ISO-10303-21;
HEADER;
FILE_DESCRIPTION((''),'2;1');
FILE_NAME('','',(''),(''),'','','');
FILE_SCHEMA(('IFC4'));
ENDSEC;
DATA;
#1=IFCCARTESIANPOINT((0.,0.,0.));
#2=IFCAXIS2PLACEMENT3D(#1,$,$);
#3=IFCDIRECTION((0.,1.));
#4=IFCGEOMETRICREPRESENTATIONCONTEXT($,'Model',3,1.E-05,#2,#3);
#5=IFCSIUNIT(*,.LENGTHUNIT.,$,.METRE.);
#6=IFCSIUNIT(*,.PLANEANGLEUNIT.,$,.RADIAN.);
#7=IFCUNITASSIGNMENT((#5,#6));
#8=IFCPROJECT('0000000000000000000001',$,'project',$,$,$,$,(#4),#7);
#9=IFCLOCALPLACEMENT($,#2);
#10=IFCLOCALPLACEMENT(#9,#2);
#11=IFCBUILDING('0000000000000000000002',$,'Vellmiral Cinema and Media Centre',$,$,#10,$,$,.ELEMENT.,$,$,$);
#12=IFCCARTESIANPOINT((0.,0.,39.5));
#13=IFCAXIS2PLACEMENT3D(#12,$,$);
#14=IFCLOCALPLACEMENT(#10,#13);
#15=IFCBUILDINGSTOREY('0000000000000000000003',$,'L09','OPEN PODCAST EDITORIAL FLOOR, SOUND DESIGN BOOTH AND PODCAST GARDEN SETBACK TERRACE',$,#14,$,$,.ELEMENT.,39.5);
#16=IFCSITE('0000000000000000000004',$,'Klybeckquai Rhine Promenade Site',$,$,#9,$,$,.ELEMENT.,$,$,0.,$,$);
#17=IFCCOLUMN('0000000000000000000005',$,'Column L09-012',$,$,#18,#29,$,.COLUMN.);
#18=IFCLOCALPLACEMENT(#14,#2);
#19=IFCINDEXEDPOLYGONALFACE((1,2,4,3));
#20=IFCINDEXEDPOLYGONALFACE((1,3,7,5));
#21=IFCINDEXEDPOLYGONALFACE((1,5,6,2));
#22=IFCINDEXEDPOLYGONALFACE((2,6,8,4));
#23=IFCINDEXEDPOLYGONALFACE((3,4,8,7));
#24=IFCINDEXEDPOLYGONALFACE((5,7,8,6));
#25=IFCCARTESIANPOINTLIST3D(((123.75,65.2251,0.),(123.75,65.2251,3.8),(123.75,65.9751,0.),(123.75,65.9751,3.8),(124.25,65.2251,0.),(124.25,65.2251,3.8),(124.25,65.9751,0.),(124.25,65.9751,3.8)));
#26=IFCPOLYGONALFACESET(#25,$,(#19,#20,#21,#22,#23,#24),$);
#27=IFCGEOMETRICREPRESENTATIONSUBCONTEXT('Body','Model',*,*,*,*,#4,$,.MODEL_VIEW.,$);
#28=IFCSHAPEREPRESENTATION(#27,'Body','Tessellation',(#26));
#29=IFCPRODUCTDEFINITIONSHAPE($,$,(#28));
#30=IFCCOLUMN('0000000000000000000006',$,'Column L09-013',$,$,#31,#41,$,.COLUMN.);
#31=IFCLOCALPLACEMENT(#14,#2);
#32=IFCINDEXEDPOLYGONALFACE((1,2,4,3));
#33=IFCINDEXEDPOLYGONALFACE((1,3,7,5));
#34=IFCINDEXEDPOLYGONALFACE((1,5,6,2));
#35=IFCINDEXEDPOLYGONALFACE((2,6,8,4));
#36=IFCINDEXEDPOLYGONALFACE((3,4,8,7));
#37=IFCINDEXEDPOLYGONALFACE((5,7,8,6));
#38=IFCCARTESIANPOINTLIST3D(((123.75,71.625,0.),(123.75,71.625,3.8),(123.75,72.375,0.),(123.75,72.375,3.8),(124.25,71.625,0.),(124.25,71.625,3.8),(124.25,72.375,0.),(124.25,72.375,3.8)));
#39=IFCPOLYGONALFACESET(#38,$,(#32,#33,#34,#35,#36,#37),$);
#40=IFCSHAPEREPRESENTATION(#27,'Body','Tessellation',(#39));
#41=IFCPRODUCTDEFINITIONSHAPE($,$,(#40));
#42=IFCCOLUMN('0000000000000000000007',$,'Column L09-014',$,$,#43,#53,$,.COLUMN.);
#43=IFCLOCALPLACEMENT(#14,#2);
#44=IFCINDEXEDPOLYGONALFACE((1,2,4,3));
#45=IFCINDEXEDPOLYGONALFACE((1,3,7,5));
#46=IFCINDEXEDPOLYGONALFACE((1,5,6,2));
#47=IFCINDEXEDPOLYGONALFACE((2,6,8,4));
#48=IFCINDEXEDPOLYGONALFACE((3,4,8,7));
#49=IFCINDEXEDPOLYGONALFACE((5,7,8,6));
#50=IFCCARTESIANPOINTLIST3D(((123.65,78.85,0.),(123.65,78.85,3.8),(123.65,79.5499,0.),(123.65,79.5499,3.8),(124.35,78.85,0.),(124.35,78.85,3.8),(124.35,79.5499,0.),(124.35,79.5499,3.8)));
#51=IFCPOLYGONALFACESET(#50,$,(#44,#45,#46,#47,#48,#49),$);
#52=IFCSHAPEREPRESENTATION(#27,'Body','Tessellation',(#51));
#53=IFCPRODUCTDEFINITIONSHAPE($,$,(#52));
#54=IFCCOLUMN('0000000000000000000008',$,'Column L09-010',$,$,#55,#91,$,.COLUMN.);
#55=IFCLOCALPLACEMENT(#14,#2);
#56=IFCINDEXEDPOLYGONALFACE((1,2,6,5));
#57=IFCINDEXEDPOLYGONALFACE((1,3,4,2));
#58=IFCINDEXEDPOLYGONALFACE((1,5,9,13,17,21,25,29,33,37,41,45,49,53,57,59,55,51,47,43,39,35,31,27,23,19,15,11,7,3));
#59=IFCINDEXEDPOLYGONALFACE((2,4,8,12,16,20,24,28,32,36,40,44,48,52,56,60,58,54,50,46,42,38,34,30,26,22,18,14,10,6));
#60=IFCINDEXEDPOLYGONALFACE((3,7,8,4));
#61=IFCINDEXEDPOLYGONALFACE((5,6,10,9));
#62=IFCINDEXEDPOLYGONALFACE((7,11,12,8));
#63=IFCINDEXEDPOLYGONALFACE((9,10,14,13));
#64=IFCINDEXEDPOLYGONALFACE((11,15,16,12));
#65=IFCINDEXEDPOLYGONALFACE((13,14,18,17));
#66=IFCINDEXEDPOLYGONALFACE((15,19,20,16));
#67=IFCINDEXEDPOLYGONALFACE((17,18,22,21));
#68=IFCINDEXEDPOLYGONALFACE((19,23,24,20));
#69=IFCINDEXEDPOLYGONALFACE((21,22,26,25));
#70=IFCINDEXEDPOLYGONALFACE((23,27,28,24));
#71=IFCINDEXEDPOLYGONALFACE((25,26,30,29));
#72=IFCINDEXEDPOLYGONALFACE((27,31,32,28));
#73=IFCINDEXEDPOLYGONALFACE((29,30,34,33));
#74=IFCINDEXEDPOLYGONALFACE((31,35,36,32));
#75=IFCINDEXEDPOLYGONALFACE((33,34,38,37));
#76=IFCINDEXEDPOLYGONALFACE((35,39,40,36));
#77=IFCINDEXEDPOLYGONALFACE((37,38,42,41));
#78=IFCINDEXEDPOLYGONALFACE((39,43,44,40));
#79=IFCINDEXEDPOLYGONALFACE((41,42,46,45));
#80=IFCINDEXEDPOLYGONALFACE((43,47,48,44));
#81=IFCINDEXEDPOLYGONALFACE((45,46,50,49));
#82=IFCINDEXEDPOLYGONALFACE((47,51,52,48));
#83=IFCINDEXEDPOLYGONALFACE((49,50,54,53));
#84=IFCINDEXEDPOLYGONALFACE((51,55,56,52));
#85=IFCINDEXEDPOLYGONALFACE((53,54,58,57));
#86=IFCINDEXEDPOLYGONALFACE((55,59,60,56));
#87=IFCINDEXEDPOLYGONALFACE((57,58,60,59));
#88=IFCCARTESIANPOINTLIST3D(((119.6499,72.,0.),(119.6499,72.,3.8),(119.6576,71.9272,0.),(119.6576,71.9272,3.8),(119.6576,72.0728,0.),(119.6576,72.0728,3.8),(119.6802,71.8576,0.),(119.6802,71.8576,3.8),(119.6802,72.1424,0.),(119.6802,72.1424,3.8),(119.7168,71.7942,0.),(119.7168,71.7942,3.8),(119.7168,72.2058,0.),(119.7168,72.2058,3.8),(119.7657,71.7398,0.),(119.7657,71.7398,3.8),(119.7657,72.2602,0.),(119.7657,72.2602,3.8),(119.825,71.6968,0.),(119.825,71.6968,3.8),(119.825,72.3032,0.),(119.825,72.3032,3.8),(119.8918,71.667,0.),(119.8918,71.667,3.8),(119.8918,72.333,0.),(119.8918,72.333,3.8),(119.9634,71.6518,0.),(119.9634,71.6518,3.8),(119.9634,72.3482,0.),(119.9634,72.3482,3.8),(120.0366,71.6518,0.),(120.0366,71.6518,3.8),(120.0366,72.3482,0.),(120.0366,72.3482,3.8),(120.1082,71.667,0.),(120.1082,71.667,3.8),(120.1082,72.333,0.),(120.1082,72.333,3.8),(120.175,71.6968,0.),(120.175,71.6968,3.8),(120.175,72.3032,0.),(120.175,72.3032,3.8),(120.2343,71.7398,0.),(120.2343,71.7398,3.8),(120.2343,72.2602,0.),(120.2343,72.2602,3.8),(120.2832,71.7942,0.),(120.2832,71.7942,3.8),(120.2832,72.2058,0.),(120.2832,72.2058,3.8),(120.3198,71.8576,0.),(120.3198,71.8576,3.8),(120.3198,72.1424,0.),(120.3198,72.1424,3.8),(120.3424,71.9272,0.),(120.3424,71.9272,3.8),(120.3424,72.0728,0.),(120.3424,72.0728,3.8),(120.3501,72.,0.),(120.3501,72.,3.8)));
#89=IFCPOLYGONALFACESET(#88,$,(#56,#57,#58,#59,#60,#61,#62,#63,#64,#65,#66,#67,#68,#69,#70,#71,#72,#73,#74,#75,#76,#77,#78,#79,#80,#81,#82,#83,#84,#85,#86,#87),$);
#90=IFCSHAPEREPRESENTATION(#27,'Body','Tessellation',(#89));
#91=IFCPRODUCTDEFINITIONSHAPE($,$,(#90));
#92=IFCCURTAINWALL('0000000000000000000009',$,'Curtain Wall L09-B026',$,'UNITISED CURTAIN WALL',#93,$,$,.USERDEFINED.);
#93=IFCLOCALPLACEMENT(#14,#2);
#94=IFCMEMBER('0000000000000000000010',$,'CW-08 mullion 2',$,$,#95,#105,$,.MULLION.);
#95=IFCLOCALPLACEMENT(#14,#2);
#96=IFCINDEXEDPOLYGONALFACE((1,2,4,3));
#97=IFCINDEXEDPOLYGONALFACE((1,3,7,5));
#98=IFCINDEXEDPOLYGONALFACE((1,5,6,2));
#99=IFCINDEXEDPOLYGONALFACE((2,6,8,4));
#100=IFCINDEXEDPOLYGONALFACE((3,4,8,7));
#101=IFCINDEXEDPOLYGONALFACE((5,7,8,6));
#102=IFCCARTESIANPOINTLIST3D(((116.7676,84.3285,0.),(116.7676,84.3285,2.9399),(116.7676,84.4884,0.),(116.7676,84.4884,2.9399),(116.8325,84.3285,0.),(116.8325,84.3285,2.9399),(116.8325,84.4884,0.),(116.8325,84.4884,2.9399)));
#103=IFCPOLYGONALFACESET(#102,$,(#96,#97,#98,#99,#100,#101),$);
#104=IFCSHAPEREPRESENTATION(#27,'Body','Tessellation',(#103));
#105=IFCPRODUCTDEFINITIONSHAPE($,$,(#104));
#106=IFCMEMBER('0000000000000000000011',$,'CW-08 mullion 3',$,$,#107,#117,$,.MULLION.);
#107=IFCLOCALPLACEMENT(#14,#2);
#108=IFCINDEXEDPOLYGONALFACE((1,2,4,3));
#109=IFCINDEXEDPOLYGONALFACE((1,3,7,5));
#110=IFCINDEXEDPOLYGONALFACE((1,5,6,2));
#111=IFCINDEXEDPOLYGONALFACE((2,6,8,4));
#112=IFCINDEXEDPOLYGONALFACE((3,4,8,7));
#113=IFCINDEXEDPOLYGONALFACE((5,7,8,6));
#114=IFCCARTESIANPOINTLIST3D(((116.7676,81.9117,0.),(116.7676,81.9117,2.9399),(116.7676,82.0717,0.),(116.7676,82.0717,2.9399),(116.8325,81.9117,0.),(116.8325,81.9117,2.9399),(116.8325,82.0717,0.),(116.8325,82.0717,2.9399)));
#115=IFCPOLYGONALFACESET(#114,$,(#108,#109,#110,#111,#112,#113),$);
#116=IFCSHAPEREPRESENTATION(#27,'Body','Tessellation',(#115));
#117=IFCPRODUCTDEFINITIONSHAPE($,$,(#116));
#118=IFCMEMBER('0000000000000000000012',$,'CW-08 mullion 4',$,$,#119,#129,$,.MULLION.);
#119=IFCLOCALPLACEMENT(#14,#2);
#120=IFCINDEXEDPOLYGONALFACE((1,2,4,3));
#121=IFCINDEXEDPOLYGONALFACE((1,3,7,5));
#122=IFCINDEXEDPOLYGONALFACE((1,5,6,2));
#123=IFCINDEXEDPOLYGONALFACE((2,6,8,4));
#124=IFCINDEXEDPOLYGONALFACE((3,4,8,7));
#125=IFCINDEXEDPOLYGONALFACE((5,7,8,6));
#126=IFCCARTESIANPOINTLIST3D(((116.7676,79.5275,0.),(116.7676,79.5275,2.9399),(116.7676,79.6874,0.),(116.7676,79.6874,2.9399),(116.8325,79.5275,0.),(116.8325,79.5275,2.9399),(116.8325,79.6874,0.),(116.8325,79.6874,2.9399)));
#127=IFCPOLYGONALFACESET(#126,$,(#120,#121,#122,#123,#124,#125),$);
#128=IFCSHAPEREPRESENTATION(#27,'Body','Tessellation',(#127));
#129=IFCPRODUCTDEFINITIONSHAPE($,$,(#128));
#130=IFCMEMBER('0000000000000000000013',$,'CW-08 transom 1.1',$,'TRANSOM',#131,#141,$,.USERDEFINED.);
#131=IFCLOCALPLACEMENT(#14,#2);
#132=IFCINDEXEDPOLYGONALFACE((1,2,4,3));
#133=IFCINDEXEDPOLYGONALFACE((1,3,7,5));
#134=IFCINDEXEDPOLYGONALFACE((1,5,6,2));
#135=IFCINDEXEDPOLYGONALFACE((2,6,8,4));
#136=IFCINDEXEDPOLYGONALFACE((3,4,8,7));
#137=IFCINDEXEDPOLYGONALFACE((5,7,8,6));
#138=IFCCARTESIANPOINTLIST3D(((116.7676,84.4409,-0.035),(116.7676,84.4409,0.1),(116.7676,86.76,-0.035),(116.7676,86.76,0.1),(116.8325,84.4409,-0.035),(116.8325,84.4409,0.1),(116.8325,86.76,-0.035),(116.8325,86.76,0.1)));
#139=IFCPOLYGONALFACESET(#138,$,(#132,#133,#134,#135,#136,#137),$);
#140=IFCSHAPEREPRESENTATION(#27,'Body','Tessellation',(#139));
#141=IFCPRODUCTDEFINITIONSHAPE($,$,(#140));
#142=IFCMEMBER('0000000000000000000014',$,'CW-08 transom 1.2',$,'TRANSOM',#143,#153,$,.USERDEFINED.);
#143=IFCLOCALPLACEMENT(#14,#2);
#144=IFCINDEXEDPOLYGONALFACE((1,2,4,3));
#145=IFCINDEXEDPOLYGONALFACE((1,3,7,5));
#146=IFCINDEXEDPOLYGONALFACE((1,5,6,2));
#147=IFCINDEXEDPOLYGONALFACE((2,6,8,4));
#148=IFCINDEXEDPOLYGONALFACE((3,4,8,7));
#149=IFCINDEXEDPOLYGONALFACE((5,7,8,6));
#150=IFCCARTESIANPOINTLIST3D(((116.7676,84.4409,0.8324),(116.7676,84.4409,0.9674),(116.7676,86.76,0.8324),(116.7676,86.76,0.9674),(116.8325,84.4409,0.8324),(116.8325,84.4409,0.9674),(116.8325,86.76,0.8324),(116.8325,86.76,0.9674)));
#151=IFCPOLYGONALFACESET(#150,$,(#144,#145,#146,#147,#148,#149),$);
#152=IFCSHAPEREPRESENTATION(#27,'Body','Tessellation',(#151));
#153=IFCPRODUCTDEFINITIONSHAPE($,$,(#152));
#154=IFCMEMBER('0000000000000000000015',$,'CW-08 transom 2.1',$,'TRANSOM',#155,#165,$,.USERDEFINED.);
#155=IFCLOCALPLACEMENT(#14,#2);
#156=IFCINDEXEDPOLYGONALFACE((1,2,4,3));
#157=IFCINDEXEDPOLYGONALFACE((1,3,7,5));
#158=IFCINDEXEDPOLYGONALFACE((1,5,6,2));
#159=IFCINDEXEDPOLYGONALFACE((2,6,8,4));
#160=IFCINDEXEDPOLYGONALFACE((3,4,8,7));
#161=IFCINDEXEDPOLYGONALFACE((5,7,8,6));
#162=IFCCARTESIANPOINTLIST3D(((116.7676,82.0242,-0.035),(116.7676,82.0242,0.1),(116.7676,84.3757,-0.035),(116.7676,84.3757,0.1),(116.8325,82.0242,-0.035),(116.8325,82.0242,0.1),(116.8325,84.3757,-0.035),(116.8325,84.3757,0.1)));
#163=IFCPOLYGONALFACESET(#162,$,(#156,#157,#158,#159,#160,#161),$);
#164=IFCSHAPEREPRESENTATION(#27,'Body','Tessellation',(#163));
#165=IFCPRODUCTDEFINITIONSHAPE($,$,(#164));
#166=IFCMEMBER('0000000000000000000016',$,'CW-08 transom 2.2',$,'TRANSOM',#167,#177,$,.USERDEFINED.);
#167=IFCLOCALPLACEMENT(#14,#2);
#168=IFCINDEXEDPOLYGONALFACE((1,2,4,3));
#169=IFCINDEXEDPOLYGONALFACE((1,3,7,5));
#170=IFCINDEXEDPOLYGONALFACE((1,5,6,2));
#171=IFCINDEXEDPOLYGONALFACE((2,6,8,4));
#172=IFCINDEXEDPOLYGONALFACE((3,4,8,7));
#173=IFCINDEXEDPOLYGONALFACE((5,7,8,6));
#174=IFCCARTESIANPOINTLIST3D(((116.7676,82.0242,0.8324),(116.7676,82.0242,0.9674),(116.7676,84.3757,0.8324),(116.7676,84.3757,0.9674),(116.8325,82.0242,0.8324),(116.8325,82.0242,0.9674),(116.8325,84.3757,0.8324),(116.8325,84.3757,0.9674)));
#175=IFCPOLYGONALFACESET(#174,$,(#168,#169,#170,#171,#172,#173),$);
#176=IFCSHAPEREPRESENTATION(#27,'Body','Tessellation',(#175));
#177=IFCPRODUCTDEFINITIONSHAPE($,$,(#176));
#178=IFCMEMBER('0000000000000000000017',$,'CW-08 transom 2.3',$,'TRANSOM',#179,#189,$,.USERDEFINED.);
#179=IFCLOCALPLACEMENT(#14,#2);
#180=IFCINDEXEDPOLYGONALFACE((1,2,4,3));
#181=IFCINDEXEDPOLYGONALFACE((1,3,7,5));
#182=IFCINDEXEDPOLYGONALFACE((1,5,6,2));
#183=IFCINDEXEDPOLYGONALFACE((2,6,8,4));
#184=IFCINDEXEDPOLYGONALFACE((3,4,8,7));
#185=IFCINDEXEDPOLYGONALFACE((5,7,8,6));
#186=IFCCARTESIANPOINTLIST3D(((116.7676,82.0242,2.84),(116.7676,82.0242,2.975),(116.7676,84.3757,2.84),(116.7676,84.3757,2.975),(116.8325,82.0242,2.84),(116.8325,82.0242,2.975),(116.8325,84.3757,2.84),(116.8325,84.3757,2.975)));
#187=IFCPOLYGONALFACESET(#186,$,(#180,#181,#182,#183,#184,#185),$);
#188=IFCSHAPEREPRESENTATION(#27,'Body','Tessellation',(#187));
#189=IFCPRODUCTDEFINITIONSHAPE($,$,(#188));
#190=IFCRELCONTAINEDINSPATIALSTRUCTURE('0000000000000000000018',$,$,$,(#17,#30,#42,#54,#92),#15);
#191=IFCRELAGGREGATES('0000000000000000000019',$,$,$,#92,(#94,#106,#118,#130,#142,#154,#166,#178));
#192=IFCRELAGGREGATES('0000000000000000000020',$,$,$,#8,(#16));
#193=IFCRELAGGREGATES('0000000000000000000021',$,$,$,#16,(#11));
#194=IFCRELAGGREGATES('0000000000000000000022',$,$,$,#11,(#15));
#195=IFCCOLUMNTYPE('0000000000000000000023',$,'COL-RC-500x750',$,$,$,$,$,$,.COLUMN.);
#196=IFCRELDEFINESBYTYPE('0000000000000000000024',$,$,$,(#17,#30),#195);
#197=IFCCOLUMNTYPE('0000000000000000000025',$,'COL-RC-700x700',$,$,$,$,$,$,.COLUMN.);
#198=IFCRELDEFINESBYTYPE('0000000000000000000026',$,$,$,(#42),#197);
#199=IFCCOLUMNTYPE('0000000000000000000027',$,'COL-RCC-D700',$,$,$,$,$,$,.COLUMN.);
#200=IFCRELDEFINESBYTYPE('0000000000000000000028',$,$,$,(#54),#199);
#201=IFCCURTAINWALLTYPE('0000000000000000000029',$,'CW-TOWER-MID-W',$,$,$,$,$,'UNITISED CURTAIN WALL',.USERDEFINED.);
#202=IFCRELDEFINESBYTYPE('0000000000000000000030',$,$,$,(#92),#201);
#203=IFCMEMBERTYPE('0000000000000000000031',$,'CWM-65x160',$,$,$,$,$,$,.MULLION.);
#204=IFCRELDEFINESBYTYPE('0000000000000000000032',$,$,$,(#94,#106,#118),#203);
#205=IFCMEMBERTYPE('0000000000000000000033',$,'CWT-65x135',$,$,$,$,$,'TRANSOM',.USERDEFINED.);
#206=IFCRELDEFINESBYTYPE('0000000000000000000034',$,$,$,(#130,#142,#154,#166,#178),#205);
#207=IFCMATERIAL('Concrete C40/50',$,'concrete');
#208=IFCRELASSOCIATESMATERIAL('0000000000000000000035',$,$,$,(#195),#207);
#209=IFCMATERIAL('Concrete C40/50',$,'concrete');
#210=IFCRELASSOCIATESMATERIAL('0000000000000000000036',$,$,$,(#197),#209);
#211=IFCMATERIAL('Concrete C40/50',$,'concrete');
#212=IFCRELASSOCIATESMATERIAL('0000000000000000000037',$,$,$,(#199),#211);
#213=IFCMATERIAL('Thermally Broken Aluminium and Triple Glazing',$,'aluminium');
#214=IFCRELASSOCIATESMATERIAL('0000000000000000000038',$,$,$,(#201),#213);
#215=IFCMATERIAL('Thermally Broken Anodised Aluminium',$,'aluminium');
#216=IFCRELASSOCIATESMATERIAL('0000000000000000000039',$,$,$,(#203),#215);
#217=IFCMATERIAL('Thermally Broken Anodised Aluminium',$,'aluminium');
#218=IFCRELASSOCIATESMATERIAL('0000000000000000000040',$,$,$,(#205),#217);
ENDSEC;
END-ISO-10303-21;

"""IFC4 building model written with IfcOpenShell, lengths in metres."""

from ifc_helpers import new_model, si_unit, direction, frame, origin, origin_2d, place, context, subcontext, project, spatial, rectangle, circle, extrude, material, material_profile, profile_set, type_object, element, aggregate, save


model = new_model("IFC4")

# Units and contexts
model_context = context("Model", 3, precision=1e-05, world=origin(), true_north=direction((0.0, 1.0)))
body_context = subcontext(model_context, "Body", "Model", "MODEL_VIEW")
ifc_project = project(units=[si_unit("LENGTHUNIT", "METRE"), si_unit("PLANEANGLEUNIT", "RADIAN")], contexts=[model_context])

# Site, building, storey
site_placement = place(None, origin())
site = spatial("IfcSite", under=ifc_project, at=site_placement, Name="Klybeckquai Rhine Promenade Site", CompositionType="ELEMENT", RefElevation=0.0)
building_placement = place(site_placement, origin())
building = spatial("IfcBuilding", under=site, at=building_placement, Name="Vellmiral Cinema and Media Centre", CompositionType="ELEMENT")
storey_placement = place(building_placement, frame((0.0, 0.0, 39.5)))
storey = spatial("IfcBuildingStorey", under=building, at=storey_placement, Name="L09", Description="OPEN PODCAST EDITORIAL FLOOR, SOUND DESIGN BOOTH AND PODCAST GARDEN SETBACK TERRACE", CompositionType="ELEMENT", Elevation=39.5)

# Columns
ifc_material_1 = material(Name="Concrete C40/50", Category="concrete")
ifc_material_profile_1 = material_profile(ifc_material_1, rectangle(XDim=0.5, YDim=0.75, at=origin_2d()), Name="RC 500x750")
ifc_profile_set_1 = profile_set([ifc_material_profile_1], Name="Concrete C40/50")
column_type_1 = type_object("IfcColumnType", Name="COL-RC-500x750", PredefinedType="COLUMN", material=ifc_profile_set_1)
for number, where, z_axis, x_axis, name in (
    (1, (124.0, 65.6001, 0.0), (0.0, 0.0, 1.0), (1.0, 0.0, 0.0), "Column L09-012"),
    (2, (124.0, 72.0, 0.0), (0.0, 0.0, 1.0), (1.0, 0.0, 0.0), "Column L09-013"),
):
    element("IfcColumn", number, at=place(storey_placement, frame(where, z_axis=z_axis, x_axis=x_axis)), inside=storey, type_object=column_type_1, Name=name, PredefinedType="COLUMN", context=body_context, shape_type="SweptSolid", body=[
        extrude(rectangle(XDim=0.5, YDim=0.75, at=origin_2d()), origin(), (0.0, 0.0, 1.0), 3.8),
    ])
ifc_material_2 = material(Name="Concrete C40/50", Category="concrete")
ifc_material_profile_2 = material_profile(ifc_material_2, rectangle(XDim=0.7, YDim=0.7, at=origin_2d()), Name="RC 700x700")
ifc_profile_set_2 = profile_set([ifc_material_profile_2], Name="Concrete C40/50")
column_type_2 = type_object("IfcColumnType", Name="COL-RC-700x700", PredefinedType="COLUMN", material=ifc_profile_set_2)
column_1_placement = place(storey_placement, frame((124.0, 79.2, 0.0), z_axis=(0.0, 0.0, 1.0), x_axis=(1.0, 0.0, 0.0)))
element("IfcColumn", 3, at=column_1_placement, inside=storey, type_object=column_type_2, Name="Column L09-014", PredefinedType="COLUMN", context=body_context, shape_type="SweptSolid", body=[
    extrude(rectangle(XDim=0.7, YDim=0.7, at=origin_2d()), origin(), (0.0, 0.0, 1.0), 3.8),
])
ifc_material_3 = material(Name="Concrete C40/50", Category="concrete")
ifc_material_profile_3 = material_profile(ifc_material_3, circle(Radius=0.3501, at=origin_2d()), Name="RC D700")
ifc_profile_set_3 = profile_set([ifc_material_profile_3], Name="Concrete C40/50")
column_type_3 = type_object("IfcColumnType", Name="COL-RCC-D700", PredefinedType="COLUMN", material=ifc_profile_set_3)
column_2_placement = place(storey_placement, frame((120.0, 72.0, 0.0), z_axis=(0.0, 0.0, 1.0), x_axis=(1.0, 0.0, 0.0)))
element("IfcColumn", 4, at=column_2_placement, inside=storey, type_object=column_type_3, Name="Column L09-010", PredefinedType="COLUMN", context=body_context, shape_type="SweptSolid", body=[
    extrude(circle(Radius=0.3501, at=origin_2d()), origin(), (0.0, 0.0, 1.0), 3.8),
])

# Curtain wall, members
ifc_material_4 = material(Name="Thermally Broken Aluminium and Triple Glazing", Category="aluminium")
curtain_wall_type = type_object("IfcCurtainWallType", Name="CW-TOWER-MID-W", ElementType="UNITISED CURTAIN WALL", PredefinedType="USERDEFINED", material=ifc_material_4)
curtain_wall_placement = place(storey_placement, origin())
curtain_wall = element("IfcCurtainWall", 5, at=curtain_wall_placement, inside=storey, type_object=curtain_wall_type, Name="Curtain Wall L09-B026", ObjectType="UNITISED CURTAIN WALL", PredefinedType="USERDEFINED")
ifc_material_5 = material(Name="Thermally Broken Anodised Aluminium", Category="aluminium")
ifc_material_profile_4 = material_profile(ifc_material_5, rectangle(XDim=0.0649, YDim=0.1599, at=origin_2d()), Name="MULL 65x160")
ifc_profile_set_4 = profile_set([ifc_material_profile_4], Name="Thermally Broken Anodised Aluminium")
member_type_1 = type_object("IfcMemberType", Name="CWM-65x160", PredefinedType="MULLION", material=ifc_profile_set_4)
member_1_placement = place(storey_placement, frame((116.8, 84.4084, 0.0), z_axis=(0.0, 0.0, 1.0), x_axis=(1.0, 0.0, 0.0)))
member_1 = element("IfcMember", 6, at=member_1_placement, type_object=member_type_1, Name="CW-08 mullion 2", PredefinedType="MULLION", context=body_context, shape_type="SweptSolid", body=[
    extrude(rectangle(XDim=0.0649, YDim=0.1599, at=origin_2d()), origin(), (0.0, 0.0, 1.0), 2.9399),
])
member_2_placement = place(storey_placement, frame((116.8, 81.9917, 0.0), z_axis=(0.0, 0.0, 1.0), x_axis=(1.0, 0.0, 0.0)))
member_2 = element("IfcMember", 7, at=member_2_placement, type_object=member_type_1, Name="CW-08 mullion 3", PredefinedType="MULLION", context=body_context, shape_type="SweptSolid", body=[
    extrude(rectangle(XDim=0.0649, YDim=0.1599, at=origin_2d()), origin(), (0.0, 0.0, 1.0), 2.9399),
])
member_3_placement = place(storey_placement, frame((116.8, 79.6074, 0.0), z_axis=(0.0, 0.0, 1.0), x_axis=(1.0, 0.0, 0.0)))
member_3 = element("IfcMember", 8, at=member_3_placement, type_object=member_type_1, Name="CW-08 mullion 4", PredefinedType="MULLION", context=body_context, shape_type="SweptSolid", body=[
    extrude(rectangle(XDim=0.0649, YDim=0.1599, at=origin_2d()), origin(), (0.0, 0.0, 1.0), 2.9399),
])
ifc_material_6 = material(Name="Thermally Broken Anodised Aluminium", Category="aluminium")
ifc_material_profile_5 = material_profile(ifc_material_6, rectangle(XDim=0.0649, YDim=0.135, at=origin_2d()), Name="MULL 65x135")
ifc_profile_set_5 = profile_set([ifc_material_profile_5], Name="Thermally Broken Anodised Aluminium")
member_type_2 = type_object("IfcMemberType", Name="CWT-65x135", ElementType="TRANSOM", PredefinedType="USERDEFINED", material=ifc_profile_set_5)
member_4_placement = place(storey_placement, frame((116.8, 86.76, 0.0325), z_axis=(0.0, -1.0, 0.0), x_axis=(1.0, 0.0, 0.0)))
member_4 = element("IfcMember", 9, at=member_4_placement, type_object=member_type_2, Name="CW-08 transom 1.1", ObjectType="TRANSOM", PredefinedType="USERDEFINED", context=body_context, shape_type="SweptSolid", body=[
    extrude(rectangle(XDim=0.0649, YDim=0.135, at=origin_2d()), origin(), (0.0, 0.0, 1.0), 2.3191),
])
member_5_placement = place(storey_placement, frame((116.8, 86.76, 0.8999), z_axis=(0.0, -1.0, 0.0), x_axis=(1.0, 0.0, 0.0)))
member_5 = element("IfcMember", 10, at=member_5_placement, type_object=member_type_2, Name="CW-08 transom 1.2", ObjectType="TRANSOM", PredefinedType="USERDEFINED", context=body_context, shape_type="SweptSolid", body=[
    extrude(rectangle(XDim=0.0649, YDim=0.135, at=origin_2d()), origin(), (0.0, 0.0, 1.0), 2.3191),
])
member_6_placement = place(storey_placement, frame((116.8, 84.3757, 0.0325), z_axis=(0.0, -1.0, 0.0), x_axis=(1.0, 0.0, 0.0)))
member_6 = element("IfcMember", 11, at=member_6_placement, type_object=member_type_2, Name="CW-08 transom 2.1", ObjectType="TRANSOM", PredefinedType="USERDEFINED", context=body_context, shape_type="SweptSolid", body=[
    extrude(rectangle(XDim=0.0649, YDim=0.135, at=origin_2d()), origin(), (0.0, 0.0, 1.0), 2.3516),
])
member_7_placement = place(storey_placement, frame((116.8, 84.3757, 0.8999), z_axis=(0.0, -1.0, 0.0), x_axis=(1.0, 0.0, 0.0)))
member_7 = element("IfcMember", 12, at=member_7_placement, type_object=member_type_2, Name="CW-08 transom 2.2", ObjectType="TRANSOM", PredefinedType="USERDEFINED", context=body_context, shape_type="SweptSolid", body=[
    extrude(rectangle(XDim=0.0649, YDim=0.135, at=origin_2d()), origin(), (0.0, 0.0, 1.0), 2.3516),
])
member_8_placement = place(storey_placement, frame((116.8, 84.3757, 2.9075), z_axis=(0.0, -1.0, 0.0), x_axis=(1.0, 0.0, 0.0)))
member_8 = element("IfcMember", 13, at=member_8_placement, type_object=member_type_2, Name="CW-08 transom 2.3", ObjectType="TRANSOM", PredefinedType="USERDEFINED", context=body_context, shape_type="SweptSolid", body=[
    extrude(rectangle(XDim=0.0649, YDim=0.135, at=origin_2d()), origin(), (0.0, 0.0, 1.0), 2.3516),
])
aggregate(curtain_wall, [member_1, member_2, member_3, member_4, member_5, member_6, member_7, member_8])

save(model, "model.ifc")
